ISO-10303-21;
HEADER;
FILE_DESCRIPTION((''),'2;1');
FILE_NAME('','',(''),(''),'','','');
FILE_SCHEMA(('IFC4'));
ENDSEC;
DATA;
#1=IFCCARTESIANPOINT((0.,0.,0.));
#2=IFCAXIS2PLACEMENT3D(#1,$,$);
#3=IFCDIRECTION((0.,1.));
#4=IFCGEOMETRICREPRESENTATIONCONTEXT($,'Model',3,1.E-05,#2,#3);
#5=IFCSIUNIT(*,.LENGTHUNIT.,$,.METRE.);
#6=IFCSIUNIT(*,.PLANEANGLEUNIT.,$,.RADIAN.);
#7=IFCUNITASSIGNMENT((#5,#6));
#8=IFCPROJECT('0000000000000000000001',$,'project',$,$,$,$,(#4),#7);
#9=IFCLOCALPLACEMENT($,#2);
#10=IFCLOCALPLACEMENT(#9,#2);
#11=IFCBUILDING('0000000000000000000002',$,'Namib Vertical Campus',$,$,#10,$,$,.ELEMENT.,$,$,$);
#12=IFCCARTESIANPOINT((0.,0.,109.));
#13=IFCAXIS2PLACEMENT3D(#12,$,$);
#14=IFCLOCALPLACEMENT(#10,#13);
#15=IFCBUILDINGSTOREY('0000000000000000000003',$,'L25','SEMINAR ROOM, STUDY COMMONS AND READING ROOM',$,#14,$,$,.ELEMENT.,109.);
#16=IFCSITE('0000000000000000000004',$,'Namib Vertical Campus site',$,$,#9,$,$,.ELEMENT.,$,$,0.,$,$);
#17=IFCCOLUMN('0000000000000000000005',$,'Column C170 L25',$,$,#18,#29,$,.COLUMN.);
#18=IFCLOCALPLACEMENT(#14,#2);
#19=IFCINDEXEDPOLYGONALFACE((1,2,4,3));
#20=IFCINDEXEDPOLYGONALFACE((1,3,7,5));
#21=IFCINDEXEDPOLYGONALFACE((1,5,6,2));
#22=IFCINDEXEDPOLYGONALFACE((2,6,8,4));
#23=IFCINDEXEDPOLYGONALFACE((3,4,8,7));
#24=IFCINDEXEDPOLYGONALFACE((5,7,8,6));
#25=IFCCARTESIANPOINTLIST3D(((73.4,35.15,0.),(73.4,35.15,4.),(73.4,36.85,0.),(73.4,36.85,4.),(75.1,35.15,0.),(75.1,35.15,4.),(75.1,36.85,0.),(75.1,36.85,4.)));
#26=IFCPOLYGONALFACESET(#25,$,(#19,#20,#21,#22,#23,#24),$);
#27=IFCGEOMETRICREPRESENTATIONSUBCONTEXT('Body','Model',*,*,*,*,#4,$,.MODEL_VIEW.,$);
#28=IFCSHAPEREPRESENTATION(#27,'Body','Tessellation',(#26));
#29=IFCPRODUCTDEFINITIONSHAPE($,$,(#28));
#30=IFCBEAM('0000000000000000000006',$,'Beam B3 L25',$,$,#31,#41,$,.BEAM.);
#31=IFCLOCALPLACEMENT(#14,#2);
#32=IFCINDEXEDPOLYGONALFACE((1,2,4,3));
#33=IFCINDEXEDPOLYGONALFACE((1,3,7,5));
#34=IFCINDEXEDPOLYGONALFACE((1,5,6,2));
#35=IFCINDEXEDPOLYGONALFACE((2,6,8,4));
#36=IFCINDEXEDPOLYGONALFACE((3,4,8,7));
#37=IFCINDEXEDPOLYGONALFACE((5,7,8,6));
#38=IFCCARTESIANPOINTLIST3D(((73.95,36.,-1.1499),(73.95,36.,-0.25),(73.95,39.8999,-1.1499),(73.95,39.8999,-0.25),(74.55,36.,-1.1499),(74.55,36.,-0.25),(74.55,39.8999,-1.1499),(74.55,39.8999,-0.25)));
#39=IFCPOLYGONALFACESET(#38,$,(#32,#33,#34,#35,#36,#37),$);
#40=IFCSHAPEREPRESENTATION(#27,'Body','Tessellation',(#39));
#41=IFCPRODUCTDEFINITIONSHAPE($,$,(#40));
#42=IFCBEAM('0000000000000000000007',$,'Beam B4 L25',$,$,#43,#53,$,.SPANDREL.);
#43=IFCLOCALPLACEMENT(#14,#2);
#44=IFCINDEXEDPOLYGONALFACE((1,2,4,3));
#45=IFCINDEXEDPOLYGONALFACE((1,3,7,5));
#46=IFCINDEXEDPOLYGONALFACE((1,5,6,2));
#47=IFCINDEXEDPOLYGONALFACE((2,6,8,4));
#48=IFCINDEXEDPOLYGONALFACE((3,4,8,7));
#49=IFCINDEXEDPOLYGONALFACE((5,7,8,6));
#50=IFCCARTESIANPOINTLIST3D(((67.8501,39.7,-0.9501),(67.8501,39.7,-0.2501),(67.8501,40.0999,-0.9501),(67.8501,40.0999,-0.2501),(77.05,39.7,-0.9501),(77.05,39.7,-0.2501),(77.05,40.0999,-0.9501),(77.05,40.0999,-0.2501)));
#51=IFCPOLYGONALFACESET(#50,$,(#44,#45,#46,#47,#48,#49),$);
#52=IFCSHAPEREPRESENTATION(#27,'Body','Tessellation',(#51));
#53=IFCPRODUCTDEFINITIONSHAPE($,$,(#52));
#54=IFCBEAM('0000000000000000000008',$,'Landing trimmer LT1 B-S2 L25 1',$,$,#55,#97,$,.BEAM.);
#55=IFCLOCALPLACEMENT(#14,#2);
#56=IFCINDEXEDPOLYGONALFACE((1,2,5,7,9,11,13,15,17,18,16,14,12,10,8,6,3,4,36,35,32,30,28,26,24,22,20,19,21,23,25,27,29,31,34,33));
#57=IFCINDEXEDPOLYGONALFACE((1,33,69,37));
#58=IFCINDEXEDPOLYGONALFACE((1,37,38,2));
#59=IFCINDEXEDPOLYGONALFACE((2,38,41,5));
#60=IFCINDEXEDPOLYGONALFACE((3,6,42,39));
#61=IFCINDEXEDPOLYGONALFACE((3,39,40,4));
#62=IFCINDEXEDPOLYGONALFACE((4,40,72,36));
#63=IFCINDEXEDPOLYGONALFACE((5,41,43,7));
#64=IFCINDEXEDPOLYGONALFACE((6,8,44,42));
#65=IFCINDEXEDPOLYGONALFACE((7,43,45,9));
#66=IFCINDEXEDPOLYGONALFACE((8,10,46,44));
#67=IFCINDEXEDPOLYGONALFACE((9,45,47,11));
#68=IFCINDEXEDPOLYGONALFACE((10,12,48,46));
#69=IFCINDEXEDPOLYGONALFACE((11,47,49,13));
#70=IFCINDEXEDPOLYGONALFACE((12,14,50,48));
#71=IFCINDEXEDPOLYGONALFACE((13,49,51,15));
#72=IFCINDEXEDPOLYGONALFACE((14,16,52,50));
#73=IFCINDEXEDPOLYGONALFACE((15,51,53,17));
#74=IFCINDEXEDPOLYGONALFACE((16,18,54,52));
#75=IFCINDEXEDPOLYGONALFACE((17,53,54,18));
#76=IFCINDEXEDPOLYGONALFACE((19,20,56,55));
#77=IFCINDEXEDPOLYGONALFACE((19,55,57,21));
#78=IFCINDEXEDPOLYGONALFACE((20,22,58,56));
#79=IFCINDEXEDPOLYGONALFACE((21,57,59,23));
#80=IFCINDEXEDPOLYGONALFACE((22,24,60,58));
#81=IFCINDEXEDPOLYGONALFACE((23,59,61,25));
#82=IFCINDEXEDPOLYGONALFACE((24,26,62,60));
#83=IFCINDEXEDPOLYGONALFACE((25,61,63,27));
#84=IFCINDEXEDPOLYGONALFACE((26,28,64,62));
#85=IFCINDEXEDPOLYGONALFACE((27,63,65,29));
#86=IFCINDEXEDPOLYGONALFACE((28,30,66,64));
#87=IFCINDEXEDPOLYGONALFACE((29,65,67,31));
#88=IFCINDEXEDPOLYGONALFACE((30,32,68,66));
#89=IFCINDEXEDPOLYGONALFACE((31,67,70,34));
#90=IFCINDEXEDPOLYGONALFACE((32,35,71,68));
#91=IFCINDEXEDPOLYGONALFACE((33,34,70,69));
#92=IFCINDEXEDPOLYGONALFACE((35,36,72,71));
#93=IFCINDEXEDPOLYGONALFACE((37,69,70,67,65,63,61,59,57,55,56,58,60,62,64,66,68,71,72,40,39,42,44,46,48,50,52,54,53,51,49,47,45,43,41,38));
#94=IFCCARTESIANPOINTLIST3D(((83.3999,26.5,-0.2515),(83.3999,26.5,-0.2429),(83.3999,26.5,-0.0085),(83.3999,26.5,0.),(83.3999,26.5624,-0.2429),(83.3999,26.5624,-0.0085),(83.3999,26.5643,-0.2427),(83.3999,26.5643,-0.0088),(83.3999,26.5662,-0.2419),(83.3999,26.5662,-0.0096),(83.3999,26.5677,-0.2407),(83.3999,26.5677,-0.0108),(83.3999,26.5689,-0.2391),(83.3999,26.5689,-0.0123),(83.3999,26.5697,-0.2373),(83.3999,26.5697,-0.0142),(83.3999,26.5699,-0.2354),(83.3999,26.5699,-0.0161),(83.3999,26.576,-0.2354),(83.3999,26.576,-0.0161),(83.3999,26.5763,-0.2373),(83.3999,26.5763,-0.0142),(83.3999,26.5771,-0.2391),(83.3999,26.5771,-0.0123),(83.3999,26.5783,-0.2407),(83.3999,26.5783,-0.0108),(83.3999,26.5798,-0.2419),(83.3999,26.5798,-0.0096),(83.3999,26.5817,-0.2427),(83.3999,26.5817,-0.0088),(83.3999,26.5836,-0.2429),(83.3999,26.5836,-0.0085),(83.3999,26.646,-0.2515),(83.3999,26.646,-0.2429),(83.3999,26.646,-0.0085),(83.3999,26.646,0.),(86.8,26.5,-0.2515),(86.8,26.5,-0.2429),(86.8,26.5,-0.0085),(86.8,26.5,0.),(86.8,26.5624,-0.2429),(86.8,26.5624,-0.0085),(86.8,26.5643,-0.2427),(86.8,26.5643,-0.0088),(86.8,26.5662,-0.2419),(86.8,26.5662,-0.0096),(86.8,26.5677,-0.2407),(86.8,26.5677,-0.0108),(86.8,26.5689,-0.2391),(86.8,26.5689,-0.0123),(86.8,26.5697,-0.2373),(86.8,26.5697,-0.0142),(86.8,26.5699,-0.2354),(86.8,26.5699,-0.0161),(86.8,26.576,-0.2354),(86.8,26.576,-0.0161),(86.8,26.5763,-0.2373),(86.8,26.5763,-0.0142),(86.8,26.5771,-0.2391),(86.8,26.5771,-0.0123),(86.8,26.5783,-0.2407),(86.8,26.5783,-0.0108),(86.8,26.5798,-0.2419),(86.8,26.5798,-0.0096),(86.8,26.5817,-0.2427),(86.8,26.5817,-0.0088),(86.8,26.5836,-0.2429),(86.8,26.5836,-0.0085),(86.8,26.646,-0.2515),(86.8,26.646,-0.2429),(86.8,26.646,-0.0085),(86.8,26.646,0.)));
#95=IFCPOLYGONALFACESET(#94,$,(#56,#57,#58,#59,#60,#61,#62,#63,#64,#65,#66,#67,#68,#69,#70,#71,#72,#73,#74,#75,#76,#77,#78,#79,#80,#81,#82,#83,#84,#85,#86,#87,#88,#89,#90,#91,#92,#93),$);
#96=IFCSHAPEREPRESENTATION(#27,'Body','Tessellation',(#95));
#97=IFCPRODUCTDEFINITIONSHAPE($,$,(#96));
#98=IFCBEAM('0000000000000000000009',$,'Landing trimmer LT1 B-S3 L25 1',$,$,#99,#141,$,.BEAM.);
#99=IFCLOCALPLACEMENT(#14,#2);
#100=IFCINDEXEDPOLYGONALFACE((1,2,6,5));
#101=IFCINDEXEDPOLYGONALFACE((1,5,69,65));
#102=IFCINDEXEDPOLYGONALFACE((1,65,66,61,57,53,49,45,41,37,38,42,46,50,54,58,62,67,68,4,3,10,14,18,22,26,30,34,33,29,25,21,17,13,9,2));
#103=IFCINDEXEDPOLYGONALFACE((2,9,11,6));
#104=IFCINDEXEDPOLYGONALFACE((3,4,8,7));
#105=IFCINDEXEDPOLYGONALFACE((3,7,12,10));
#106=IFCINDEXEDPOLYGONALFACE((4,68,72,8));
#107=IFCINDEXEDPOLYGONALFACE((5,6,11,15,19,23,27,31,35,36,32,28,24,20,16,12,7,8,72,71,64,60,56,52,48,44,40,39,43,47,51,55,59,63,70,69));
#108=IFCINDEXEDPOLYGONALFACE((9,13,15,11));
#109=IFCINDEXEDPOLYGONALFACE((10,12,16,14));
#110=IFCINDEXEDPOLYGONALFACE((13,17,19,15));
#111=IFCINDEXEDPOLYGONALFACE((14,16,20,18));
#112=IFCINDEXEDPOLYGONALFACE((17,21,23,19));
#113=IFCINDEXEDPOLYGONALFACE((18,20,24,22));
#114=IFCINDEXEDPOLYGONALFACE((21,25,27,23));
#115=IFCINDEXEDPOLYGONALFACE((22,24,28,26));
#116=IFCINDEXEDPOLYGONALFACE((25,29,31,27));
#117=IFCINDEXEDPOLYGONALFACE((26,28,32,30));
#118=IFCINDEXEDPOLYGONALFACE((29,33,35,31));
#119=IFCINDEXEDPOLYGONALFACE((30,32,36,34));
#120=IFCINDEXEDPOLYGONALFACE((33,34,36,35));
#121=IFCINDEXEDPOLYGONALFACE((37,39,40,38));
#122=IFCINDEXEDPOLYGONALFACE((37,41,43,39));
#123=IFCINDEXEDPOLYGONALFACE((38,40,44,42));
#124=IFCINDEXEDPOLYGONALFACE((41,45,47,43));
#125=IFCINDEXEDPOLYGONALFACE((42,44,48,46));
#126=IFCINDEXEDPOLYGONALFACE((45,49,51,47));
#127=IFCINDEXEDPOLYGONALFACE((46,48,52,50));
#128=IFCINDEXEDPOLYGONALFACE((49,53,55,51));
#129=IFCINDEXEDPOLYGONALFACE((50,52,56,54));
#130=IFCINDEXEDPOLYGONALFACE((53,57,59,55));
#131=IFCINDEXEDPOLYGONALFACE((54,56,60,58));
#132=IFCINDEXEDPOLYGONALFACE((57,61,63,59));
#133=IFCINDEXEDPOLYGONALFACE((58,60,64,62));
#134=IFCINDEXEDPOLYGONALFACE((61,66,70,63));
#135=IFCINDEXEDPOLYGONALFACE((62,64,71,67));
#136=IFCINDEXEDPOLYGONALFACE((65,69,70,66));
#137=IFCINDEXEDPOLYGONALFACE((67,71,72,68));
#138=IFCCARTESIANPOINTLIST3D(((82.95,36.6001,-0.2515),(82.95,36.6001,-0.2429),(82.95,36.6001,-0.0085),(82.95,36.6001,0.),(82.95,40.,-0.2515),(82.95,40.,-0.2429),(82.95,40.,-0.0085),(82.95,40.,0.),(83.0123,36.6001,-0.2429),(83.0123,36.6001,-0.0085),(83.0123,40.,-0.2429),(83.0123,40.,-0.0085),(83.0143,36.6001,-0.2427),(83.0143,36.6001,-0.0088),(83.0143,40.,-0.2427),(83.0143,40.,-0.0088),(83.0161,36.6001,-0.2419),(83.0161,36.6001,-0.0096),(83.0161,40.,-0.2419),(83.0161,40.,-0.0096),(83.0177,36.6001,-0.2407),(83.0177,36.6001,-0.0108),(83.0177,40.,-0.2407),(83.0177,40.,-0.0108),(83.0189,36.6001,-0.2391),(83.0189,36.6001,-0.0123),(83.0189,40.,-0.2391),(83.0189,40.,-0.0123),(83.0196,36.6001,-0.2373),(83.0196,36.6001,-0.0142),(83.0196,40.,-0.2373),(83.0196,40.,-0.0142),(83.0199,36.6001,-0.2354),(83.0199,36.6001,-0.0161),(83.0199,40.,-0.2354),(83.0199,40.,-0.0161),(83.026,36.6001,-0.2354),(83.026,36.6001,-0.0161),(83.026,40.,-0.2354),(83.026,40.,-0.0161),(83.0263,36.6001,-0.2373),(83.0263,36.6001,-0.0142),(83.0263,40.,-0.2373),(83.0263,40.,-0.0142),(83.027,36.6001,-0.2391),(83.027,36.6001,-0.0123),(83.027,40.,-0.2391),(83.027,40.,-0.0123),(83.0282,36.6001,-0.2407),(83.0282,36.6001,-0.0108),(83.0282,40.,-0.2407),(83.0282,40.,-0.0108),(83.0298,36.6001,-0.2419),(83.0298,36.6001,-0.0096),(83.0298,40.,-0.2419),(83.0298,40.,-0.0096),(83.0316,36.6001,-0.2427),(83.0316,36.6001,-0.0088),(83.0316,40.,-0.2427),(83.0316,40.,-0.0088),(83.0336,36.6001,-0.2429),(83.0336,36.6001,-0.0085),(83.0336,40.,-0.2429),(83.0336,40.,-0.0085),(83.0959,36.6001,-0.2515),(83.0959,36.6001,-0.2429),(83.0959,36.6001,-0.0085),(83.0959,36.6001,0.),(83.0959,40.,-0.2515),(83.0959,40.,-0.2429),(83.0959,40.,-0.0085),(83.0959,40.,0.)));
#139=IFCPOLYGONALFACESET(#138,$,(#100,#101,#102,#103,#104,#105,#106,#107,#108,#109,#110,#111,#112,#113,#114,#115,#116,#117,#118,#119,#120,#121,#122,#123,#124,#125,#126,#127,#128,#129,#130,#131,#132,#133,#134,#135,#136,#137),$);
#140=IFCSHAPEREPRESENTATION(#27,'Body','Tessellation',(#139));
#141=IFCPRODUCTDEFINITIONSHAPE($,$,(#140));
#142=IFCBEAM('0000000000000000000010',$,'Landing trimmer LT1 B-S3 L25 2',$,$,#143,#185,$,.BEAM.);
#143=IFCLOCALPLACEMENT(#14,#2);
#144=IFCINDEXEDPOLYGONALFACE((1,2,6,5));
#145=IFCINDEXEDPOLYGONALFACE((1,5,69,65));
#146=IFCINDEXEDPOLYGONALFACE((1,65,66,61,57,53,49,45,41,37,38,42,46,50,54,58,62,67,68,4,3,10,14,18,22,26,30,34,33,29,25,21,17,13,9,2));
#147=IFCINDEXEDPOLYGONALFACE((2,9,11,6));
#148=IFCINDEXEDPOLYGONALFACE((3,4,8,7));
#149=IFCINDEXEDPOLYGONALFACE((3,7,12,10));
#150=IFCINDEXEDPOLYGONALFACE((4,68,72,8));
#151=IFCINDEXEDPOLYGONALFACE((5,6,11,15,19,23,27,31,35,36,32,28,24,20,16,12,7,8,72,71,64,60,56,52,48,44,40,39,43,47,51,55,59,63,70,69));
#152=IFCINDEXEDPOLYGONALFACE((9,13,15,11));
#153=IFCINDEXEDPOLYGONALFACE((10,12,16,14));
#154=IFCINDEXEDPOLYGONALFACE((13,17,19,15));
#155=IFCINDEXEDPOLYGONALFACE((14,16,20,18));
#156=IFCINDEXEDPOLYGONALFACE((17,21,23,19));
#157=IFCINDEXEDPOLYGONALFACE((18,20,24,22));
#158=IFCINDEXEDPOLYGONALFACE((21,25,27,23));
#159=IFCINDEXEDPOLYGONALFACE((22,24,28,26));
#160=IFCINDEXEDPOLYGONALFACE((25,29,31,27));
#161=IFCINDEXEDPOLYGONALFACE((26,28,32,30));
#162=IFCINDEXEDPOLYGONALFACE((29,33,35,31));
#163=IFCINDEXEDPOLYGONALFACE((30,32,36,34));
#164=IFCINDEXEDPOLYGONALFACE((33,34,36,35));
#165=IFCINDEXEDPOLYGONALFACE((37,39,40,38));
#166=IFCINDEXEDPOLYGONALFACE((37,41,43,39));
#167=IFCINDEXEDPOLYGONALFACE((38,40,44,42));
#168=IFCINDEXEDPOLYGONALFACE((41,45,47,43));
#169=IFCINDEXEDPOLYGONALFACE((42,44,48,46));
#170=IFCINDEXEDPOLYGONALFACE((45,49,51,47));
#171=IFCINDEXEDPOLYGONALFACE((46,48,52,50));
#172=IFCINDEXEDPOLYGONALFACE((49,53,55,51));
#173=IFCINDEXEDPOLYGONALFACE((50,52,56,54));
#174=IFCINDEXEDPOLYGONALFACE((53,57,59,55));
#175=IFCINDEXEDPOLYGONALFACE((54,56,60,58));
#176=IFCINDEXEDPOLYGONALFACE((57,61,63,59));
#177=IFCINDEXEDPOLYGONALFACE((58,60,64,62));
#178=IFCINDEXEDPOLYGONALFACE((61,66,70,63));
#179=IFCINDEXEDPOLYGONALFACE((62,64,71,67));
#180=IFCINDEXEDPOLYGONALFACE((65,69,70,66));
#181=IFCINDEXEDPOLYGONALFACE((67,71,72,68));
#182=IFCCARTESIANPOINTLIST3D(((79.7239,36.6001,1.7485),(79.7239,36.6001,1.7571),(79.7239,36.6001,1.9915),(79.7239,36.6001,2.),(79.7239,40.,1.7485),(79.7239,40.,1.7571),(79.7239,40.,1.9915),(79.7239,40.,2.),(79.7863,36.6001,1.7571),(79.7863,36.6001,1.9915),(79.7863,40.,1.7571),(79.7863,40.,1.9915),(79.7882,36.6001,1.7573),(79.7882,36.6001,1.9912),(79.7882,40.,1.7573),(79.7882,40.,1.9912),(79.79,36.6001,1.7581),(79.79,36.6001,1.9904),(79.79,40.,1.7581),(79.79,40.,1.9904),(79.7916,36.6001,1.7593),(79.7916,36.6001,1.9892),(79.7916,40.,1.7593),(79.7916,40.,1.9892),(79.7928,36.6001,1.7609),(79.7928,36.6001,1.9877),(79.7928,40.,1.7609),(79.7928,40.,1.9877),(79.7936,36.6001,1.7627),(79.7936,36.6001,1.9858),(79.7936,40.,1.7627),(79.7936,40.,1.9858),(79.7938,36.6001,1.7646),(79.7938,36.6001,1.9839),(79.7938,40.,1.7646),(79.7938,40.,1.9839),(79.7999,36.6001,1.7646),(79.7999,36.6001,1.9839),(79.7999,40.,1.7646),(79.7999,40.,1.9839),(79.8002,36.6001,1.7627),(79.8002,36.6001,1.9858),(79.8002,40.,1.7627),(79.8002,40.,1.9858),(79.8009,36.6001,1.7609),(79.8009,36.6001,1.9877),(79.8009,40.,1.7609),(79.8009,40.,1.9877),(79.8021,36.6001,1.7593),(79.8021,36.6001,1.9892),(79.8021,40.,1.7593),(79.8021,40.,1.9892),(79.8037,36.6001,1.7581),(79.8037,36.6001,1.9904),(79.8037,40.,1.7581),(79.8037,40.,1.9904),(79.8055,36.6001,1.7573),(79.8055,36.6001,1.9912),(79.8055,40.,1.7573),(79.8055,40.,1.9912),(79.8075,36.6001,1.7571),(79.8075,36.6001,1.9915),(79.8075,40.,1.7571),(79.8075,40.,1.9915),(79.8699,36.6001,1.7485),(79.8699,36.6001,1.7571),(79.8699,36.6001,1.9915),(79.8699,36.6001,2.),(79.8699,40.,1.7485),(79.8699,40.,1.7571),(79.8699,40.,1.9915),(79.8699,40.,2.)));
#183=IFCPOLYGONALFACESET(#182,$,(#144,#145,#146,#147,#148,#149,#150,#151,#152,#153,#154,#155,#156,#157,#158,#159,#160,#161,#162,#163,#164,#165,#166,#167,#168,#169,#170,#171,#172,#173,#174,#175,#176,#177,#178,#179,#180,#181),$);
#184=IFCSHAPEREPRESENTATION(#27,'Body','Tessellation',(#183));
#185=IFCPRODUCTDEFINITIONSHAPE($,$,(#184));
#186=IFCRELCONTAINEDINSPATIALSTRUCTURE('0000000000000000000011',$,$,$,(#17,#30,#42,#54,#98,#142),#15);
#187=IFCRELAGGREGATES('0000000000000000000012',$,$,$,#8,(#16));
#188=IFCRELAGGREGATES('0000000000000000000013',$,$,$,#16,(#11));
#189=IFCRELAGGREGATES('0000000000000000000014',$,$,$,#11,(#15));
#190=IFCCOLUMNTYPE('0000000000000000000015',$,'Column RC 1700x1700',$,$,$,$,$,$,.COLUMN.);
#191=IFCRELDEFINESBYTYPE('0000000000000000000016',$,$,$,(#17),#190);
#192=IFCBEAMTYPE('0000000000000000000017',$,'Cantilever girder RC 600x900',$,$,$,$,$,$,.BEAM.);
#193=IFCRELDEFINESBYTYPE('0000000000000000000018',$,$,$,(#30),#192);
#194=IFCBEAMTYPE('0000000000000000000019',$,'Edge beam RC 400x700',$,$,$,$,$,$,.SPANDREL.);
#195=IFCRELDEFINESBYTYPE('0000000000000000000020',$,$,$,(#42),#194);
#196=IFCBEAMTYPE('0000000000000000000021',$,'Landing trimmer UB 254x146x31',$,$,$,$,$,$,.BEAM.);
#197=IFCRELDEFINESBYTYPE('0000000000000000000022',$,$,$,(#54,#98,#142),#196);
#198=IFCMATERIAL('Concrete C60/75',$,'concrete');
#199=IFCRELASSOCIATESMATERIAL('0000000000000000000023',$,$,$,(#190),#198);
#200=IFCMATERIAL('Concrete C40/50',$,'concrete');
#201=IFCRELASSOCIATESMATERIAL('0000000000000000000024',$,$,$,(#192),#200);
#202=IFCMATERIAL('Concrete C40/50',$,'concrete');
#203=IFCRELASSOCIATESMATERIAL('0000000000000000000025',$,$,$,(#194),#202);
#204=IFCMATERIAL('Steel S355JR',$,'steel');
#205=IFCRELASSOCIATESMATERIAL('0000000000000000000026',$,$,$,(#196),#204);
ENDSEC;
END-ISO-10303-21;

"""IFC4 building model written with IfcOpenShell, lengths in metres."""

from ifc_helpers import new_model, si_unit, direction, frame, origin, origin_2d, place, context, subcontext, project, spatial, rectangle, i_section, extrude, material, material_profile, profile_set, type_object, element, save


model = new_model("IFC4")

# Units and contexts
model_context = context("Model", 3, precision=1e-05, world=origin(), true_north=direction((0.0, 1.0)))
body_context = subcontext(model_context, "Body", "Model", "MODEL_VIEW")
ifc_project = project(units=[si_unit("LENGTHUNIT", "METRE"), si_unit("PLANEANGLEUNIT", "RADIAN")], contexts=[model_context])

# Site, building, storey
site_placement = place(None, origin())
site = spatial("IfcSite", under=ifc_project, at=site_placement, Name="Namib Vertical Campus site", CompositionType="ELEMENT", RefElevation=0.0)
building_placement = place(site_placement, origin())
building = spatial("IfcBuilding", under=site, at=building_placement, Name="Namib Vertical Campus", CompositionType="ELEMENT")
storey_placement = place(building_placement, frame((0.0, 0.0, 109.0)))
storey = spatial("IfcBuildingStorey", under=building, at=storey_placement, Name="L25", Description="SEMINAR ROOM, STUDY COMMONS AND READING ROOM", CompositionType="ELEMENT", Elevation=109.0)

# Column
ifc_material_1 = material(Name="Concrete C60/75", Category="concrete")
ifc_material_profile_1 = material_profile(ifc_material_1, rectangle(XDim=1.7, YDim=1.7, at=origin_2d()))
ifc_profile_set_1 = profile_set([ifc_material_profile_1], Name="Concrete C60/75")
column_type = type_object("IfcColumnType", Name="Column RC 1700x1700", PredefinedType="COLUMN", material=ifc_profile_set_1)
column_placement = place(storey_placement, frame((74.25, 36.0, 0.0), z_axis=(0.0, 0.0, 1.0), x_axis=(1.0, 0.0, 0.0)))
element("IfcColumn", 1, at=column_placement, inside=storey, type_object=column_type, Name="Column C170 L25", PredefinedType="COLUMN", context=body_context, shape_type="SweptSolid", body=[
    extrude(rectangle(XDim=1.7, YDim=1.7, at=origin_2d()), origin(), (0.0, 0.0, 1.0), 4.0),
])

# Beams
ifc_material_2 = material(Name="Concrete C40/50", Category="concrete")
ifc_material_profile_2 = material_profile(ifc_material_2, rectangle(XDim=0.6001, YDim=0.8999, at=origin_2d()))
ifc_profile_set_2 = profile_set([ifc_material_profile_2], Name="Concrete C40/50")
beam_type_1 = type_object("IfcBeamType", Name="Cantilever girder RC 600x900", PredefinedType="BEAM", material=ifc_profile_set_2)
beam_1_placement = place(storey_placement, frame((74.25, 36.0, -0.7), z_axis=(0.0, 1.0, 0.0), x_axis=(-1.0, 0.0, 0.0)))
element("IfcBeam", 2, at=beam_1_placement, inside=storey, type_object=beam_type_1, Name="Beam B3 L25", PredefinedType="BEAM", context=body_context, shape_type="SweptSolid", body=[
    extrude(rectangle(XDim=0.6001, YDim=0.8999, at=origin_2d()), origin(), (0.0, 0.0, 1.0), 3.8999),
])
ifc_material_3 = material(Name="Concrete C40/50", Category="concrete")
ifc_material_profile_3 = material_profile(ifc_material_3, rectangle(XDim=0.3999, YDim=0.7, at=origin_2d()))
ifc_profile_set_3 = profile_set([ifc_material_profile_3], Name="Concrete C40/50")
beam_type_2 = type_object("IfcBeamType", Name="Edge beam RC 400x700", PredefinedType="SPANDREL", material=ifc_profile_set_3)
beam_2_placement = place(storey_placement, frame((67.8501, 39.8999, -0.6001), z_axis=(1.0, 0.0, 0.0), x_axis=(0.0, 1.0, 0.0)))
element("IfcBeam", 3, at=beam_2_placement, inside=storey, type_object=beam_type_2, Name="Beam B4 L25", PredefinedType="SPANDREL", context=body_context, shape_type="SweptSolid", body=[
    extrude(rectangle(XDim=0.3999, YDim=0.7, at=origin_2d()), origin(), (0.0, 0.0, 1.0), 9.2),
])
ifc_material_4 = material(Name="Steel S355JR", Category="steel")
ifc_material_profile_4 = material_profile(ifc_material_4, i_section(OverallWidth=0.146, OverallDepth=0.2515, WebThickness=0.0061, FlangeThickness=0.0085, FilletRadius=0.0076, at=origin_2d()))
ifc_profile_set_4 = profile_set([ifc_material_profile_4], Name="Steel S355JR")
beam_type_3 = type_object("IfcBeamType", Name="Landing trimmer UB 254x146x31", PredefinedType="BEAM", material=ifc_profile_set_4)
beam_3_placement = place(storey_placement, frame((83.3999, 26.573, -0.1257), z_axis=(1.0, 0.0, 0.0), x_axis=(0.0, 1.0, 0.0)))
element("IfcBeam", 4, at=beam_3_placement, inside=storey, type_object=beam_type_3, Name="Landing trimmer LT1 B-S2 L25 1", PredefinedType="BEAM", context=body_context, shape_type="SweptSolid", body=[
    extrude(i_section(OverallWidth=0.146, OverallDepth=0.2515, WebThickness=0.0061, FlangeThickness=0.0085, FilletRadius=0.0076, at=origin_2d()), origin(), (0.0, 0.0, 1.0), 3.4001),
])
for number, where, z_axis, x_axis, name in (
    (5, (83.0229, 36.6001, -0.1257), (0.0, 1.0, 0.0), (-1.0, 0.0, 0.0), "Landing trimmer LT1 B-S3 L25 1"),
    (6, (79.7969, 36.6001, 1.8743), (0.0, 1.0, 0.0), (-1.0, 0.0, 0.0), "Landing trimmer LT1 B-S3 L25 2"),
):
    element("IfcBeam", number, at=place(storey_placement, frame(where, z_axis=z_axis, x_axis=x_axis)), inside=storey, type_object=beam_type_3, Name=name, PredefinedType="BEAM", context=body_context, shape_type="SweptSolid", body=[
        extrude(i_section(OverallWidth=0.146, OverallDepth=0.2515, WebThickness=0.0061, FlangeThickness=0.0085, FilletRadius=0.0076, at=origin_2d()), origin(), (0.0, 0.0, 1.0), 3.3999),
    ])

save(model, "model.ifc")
